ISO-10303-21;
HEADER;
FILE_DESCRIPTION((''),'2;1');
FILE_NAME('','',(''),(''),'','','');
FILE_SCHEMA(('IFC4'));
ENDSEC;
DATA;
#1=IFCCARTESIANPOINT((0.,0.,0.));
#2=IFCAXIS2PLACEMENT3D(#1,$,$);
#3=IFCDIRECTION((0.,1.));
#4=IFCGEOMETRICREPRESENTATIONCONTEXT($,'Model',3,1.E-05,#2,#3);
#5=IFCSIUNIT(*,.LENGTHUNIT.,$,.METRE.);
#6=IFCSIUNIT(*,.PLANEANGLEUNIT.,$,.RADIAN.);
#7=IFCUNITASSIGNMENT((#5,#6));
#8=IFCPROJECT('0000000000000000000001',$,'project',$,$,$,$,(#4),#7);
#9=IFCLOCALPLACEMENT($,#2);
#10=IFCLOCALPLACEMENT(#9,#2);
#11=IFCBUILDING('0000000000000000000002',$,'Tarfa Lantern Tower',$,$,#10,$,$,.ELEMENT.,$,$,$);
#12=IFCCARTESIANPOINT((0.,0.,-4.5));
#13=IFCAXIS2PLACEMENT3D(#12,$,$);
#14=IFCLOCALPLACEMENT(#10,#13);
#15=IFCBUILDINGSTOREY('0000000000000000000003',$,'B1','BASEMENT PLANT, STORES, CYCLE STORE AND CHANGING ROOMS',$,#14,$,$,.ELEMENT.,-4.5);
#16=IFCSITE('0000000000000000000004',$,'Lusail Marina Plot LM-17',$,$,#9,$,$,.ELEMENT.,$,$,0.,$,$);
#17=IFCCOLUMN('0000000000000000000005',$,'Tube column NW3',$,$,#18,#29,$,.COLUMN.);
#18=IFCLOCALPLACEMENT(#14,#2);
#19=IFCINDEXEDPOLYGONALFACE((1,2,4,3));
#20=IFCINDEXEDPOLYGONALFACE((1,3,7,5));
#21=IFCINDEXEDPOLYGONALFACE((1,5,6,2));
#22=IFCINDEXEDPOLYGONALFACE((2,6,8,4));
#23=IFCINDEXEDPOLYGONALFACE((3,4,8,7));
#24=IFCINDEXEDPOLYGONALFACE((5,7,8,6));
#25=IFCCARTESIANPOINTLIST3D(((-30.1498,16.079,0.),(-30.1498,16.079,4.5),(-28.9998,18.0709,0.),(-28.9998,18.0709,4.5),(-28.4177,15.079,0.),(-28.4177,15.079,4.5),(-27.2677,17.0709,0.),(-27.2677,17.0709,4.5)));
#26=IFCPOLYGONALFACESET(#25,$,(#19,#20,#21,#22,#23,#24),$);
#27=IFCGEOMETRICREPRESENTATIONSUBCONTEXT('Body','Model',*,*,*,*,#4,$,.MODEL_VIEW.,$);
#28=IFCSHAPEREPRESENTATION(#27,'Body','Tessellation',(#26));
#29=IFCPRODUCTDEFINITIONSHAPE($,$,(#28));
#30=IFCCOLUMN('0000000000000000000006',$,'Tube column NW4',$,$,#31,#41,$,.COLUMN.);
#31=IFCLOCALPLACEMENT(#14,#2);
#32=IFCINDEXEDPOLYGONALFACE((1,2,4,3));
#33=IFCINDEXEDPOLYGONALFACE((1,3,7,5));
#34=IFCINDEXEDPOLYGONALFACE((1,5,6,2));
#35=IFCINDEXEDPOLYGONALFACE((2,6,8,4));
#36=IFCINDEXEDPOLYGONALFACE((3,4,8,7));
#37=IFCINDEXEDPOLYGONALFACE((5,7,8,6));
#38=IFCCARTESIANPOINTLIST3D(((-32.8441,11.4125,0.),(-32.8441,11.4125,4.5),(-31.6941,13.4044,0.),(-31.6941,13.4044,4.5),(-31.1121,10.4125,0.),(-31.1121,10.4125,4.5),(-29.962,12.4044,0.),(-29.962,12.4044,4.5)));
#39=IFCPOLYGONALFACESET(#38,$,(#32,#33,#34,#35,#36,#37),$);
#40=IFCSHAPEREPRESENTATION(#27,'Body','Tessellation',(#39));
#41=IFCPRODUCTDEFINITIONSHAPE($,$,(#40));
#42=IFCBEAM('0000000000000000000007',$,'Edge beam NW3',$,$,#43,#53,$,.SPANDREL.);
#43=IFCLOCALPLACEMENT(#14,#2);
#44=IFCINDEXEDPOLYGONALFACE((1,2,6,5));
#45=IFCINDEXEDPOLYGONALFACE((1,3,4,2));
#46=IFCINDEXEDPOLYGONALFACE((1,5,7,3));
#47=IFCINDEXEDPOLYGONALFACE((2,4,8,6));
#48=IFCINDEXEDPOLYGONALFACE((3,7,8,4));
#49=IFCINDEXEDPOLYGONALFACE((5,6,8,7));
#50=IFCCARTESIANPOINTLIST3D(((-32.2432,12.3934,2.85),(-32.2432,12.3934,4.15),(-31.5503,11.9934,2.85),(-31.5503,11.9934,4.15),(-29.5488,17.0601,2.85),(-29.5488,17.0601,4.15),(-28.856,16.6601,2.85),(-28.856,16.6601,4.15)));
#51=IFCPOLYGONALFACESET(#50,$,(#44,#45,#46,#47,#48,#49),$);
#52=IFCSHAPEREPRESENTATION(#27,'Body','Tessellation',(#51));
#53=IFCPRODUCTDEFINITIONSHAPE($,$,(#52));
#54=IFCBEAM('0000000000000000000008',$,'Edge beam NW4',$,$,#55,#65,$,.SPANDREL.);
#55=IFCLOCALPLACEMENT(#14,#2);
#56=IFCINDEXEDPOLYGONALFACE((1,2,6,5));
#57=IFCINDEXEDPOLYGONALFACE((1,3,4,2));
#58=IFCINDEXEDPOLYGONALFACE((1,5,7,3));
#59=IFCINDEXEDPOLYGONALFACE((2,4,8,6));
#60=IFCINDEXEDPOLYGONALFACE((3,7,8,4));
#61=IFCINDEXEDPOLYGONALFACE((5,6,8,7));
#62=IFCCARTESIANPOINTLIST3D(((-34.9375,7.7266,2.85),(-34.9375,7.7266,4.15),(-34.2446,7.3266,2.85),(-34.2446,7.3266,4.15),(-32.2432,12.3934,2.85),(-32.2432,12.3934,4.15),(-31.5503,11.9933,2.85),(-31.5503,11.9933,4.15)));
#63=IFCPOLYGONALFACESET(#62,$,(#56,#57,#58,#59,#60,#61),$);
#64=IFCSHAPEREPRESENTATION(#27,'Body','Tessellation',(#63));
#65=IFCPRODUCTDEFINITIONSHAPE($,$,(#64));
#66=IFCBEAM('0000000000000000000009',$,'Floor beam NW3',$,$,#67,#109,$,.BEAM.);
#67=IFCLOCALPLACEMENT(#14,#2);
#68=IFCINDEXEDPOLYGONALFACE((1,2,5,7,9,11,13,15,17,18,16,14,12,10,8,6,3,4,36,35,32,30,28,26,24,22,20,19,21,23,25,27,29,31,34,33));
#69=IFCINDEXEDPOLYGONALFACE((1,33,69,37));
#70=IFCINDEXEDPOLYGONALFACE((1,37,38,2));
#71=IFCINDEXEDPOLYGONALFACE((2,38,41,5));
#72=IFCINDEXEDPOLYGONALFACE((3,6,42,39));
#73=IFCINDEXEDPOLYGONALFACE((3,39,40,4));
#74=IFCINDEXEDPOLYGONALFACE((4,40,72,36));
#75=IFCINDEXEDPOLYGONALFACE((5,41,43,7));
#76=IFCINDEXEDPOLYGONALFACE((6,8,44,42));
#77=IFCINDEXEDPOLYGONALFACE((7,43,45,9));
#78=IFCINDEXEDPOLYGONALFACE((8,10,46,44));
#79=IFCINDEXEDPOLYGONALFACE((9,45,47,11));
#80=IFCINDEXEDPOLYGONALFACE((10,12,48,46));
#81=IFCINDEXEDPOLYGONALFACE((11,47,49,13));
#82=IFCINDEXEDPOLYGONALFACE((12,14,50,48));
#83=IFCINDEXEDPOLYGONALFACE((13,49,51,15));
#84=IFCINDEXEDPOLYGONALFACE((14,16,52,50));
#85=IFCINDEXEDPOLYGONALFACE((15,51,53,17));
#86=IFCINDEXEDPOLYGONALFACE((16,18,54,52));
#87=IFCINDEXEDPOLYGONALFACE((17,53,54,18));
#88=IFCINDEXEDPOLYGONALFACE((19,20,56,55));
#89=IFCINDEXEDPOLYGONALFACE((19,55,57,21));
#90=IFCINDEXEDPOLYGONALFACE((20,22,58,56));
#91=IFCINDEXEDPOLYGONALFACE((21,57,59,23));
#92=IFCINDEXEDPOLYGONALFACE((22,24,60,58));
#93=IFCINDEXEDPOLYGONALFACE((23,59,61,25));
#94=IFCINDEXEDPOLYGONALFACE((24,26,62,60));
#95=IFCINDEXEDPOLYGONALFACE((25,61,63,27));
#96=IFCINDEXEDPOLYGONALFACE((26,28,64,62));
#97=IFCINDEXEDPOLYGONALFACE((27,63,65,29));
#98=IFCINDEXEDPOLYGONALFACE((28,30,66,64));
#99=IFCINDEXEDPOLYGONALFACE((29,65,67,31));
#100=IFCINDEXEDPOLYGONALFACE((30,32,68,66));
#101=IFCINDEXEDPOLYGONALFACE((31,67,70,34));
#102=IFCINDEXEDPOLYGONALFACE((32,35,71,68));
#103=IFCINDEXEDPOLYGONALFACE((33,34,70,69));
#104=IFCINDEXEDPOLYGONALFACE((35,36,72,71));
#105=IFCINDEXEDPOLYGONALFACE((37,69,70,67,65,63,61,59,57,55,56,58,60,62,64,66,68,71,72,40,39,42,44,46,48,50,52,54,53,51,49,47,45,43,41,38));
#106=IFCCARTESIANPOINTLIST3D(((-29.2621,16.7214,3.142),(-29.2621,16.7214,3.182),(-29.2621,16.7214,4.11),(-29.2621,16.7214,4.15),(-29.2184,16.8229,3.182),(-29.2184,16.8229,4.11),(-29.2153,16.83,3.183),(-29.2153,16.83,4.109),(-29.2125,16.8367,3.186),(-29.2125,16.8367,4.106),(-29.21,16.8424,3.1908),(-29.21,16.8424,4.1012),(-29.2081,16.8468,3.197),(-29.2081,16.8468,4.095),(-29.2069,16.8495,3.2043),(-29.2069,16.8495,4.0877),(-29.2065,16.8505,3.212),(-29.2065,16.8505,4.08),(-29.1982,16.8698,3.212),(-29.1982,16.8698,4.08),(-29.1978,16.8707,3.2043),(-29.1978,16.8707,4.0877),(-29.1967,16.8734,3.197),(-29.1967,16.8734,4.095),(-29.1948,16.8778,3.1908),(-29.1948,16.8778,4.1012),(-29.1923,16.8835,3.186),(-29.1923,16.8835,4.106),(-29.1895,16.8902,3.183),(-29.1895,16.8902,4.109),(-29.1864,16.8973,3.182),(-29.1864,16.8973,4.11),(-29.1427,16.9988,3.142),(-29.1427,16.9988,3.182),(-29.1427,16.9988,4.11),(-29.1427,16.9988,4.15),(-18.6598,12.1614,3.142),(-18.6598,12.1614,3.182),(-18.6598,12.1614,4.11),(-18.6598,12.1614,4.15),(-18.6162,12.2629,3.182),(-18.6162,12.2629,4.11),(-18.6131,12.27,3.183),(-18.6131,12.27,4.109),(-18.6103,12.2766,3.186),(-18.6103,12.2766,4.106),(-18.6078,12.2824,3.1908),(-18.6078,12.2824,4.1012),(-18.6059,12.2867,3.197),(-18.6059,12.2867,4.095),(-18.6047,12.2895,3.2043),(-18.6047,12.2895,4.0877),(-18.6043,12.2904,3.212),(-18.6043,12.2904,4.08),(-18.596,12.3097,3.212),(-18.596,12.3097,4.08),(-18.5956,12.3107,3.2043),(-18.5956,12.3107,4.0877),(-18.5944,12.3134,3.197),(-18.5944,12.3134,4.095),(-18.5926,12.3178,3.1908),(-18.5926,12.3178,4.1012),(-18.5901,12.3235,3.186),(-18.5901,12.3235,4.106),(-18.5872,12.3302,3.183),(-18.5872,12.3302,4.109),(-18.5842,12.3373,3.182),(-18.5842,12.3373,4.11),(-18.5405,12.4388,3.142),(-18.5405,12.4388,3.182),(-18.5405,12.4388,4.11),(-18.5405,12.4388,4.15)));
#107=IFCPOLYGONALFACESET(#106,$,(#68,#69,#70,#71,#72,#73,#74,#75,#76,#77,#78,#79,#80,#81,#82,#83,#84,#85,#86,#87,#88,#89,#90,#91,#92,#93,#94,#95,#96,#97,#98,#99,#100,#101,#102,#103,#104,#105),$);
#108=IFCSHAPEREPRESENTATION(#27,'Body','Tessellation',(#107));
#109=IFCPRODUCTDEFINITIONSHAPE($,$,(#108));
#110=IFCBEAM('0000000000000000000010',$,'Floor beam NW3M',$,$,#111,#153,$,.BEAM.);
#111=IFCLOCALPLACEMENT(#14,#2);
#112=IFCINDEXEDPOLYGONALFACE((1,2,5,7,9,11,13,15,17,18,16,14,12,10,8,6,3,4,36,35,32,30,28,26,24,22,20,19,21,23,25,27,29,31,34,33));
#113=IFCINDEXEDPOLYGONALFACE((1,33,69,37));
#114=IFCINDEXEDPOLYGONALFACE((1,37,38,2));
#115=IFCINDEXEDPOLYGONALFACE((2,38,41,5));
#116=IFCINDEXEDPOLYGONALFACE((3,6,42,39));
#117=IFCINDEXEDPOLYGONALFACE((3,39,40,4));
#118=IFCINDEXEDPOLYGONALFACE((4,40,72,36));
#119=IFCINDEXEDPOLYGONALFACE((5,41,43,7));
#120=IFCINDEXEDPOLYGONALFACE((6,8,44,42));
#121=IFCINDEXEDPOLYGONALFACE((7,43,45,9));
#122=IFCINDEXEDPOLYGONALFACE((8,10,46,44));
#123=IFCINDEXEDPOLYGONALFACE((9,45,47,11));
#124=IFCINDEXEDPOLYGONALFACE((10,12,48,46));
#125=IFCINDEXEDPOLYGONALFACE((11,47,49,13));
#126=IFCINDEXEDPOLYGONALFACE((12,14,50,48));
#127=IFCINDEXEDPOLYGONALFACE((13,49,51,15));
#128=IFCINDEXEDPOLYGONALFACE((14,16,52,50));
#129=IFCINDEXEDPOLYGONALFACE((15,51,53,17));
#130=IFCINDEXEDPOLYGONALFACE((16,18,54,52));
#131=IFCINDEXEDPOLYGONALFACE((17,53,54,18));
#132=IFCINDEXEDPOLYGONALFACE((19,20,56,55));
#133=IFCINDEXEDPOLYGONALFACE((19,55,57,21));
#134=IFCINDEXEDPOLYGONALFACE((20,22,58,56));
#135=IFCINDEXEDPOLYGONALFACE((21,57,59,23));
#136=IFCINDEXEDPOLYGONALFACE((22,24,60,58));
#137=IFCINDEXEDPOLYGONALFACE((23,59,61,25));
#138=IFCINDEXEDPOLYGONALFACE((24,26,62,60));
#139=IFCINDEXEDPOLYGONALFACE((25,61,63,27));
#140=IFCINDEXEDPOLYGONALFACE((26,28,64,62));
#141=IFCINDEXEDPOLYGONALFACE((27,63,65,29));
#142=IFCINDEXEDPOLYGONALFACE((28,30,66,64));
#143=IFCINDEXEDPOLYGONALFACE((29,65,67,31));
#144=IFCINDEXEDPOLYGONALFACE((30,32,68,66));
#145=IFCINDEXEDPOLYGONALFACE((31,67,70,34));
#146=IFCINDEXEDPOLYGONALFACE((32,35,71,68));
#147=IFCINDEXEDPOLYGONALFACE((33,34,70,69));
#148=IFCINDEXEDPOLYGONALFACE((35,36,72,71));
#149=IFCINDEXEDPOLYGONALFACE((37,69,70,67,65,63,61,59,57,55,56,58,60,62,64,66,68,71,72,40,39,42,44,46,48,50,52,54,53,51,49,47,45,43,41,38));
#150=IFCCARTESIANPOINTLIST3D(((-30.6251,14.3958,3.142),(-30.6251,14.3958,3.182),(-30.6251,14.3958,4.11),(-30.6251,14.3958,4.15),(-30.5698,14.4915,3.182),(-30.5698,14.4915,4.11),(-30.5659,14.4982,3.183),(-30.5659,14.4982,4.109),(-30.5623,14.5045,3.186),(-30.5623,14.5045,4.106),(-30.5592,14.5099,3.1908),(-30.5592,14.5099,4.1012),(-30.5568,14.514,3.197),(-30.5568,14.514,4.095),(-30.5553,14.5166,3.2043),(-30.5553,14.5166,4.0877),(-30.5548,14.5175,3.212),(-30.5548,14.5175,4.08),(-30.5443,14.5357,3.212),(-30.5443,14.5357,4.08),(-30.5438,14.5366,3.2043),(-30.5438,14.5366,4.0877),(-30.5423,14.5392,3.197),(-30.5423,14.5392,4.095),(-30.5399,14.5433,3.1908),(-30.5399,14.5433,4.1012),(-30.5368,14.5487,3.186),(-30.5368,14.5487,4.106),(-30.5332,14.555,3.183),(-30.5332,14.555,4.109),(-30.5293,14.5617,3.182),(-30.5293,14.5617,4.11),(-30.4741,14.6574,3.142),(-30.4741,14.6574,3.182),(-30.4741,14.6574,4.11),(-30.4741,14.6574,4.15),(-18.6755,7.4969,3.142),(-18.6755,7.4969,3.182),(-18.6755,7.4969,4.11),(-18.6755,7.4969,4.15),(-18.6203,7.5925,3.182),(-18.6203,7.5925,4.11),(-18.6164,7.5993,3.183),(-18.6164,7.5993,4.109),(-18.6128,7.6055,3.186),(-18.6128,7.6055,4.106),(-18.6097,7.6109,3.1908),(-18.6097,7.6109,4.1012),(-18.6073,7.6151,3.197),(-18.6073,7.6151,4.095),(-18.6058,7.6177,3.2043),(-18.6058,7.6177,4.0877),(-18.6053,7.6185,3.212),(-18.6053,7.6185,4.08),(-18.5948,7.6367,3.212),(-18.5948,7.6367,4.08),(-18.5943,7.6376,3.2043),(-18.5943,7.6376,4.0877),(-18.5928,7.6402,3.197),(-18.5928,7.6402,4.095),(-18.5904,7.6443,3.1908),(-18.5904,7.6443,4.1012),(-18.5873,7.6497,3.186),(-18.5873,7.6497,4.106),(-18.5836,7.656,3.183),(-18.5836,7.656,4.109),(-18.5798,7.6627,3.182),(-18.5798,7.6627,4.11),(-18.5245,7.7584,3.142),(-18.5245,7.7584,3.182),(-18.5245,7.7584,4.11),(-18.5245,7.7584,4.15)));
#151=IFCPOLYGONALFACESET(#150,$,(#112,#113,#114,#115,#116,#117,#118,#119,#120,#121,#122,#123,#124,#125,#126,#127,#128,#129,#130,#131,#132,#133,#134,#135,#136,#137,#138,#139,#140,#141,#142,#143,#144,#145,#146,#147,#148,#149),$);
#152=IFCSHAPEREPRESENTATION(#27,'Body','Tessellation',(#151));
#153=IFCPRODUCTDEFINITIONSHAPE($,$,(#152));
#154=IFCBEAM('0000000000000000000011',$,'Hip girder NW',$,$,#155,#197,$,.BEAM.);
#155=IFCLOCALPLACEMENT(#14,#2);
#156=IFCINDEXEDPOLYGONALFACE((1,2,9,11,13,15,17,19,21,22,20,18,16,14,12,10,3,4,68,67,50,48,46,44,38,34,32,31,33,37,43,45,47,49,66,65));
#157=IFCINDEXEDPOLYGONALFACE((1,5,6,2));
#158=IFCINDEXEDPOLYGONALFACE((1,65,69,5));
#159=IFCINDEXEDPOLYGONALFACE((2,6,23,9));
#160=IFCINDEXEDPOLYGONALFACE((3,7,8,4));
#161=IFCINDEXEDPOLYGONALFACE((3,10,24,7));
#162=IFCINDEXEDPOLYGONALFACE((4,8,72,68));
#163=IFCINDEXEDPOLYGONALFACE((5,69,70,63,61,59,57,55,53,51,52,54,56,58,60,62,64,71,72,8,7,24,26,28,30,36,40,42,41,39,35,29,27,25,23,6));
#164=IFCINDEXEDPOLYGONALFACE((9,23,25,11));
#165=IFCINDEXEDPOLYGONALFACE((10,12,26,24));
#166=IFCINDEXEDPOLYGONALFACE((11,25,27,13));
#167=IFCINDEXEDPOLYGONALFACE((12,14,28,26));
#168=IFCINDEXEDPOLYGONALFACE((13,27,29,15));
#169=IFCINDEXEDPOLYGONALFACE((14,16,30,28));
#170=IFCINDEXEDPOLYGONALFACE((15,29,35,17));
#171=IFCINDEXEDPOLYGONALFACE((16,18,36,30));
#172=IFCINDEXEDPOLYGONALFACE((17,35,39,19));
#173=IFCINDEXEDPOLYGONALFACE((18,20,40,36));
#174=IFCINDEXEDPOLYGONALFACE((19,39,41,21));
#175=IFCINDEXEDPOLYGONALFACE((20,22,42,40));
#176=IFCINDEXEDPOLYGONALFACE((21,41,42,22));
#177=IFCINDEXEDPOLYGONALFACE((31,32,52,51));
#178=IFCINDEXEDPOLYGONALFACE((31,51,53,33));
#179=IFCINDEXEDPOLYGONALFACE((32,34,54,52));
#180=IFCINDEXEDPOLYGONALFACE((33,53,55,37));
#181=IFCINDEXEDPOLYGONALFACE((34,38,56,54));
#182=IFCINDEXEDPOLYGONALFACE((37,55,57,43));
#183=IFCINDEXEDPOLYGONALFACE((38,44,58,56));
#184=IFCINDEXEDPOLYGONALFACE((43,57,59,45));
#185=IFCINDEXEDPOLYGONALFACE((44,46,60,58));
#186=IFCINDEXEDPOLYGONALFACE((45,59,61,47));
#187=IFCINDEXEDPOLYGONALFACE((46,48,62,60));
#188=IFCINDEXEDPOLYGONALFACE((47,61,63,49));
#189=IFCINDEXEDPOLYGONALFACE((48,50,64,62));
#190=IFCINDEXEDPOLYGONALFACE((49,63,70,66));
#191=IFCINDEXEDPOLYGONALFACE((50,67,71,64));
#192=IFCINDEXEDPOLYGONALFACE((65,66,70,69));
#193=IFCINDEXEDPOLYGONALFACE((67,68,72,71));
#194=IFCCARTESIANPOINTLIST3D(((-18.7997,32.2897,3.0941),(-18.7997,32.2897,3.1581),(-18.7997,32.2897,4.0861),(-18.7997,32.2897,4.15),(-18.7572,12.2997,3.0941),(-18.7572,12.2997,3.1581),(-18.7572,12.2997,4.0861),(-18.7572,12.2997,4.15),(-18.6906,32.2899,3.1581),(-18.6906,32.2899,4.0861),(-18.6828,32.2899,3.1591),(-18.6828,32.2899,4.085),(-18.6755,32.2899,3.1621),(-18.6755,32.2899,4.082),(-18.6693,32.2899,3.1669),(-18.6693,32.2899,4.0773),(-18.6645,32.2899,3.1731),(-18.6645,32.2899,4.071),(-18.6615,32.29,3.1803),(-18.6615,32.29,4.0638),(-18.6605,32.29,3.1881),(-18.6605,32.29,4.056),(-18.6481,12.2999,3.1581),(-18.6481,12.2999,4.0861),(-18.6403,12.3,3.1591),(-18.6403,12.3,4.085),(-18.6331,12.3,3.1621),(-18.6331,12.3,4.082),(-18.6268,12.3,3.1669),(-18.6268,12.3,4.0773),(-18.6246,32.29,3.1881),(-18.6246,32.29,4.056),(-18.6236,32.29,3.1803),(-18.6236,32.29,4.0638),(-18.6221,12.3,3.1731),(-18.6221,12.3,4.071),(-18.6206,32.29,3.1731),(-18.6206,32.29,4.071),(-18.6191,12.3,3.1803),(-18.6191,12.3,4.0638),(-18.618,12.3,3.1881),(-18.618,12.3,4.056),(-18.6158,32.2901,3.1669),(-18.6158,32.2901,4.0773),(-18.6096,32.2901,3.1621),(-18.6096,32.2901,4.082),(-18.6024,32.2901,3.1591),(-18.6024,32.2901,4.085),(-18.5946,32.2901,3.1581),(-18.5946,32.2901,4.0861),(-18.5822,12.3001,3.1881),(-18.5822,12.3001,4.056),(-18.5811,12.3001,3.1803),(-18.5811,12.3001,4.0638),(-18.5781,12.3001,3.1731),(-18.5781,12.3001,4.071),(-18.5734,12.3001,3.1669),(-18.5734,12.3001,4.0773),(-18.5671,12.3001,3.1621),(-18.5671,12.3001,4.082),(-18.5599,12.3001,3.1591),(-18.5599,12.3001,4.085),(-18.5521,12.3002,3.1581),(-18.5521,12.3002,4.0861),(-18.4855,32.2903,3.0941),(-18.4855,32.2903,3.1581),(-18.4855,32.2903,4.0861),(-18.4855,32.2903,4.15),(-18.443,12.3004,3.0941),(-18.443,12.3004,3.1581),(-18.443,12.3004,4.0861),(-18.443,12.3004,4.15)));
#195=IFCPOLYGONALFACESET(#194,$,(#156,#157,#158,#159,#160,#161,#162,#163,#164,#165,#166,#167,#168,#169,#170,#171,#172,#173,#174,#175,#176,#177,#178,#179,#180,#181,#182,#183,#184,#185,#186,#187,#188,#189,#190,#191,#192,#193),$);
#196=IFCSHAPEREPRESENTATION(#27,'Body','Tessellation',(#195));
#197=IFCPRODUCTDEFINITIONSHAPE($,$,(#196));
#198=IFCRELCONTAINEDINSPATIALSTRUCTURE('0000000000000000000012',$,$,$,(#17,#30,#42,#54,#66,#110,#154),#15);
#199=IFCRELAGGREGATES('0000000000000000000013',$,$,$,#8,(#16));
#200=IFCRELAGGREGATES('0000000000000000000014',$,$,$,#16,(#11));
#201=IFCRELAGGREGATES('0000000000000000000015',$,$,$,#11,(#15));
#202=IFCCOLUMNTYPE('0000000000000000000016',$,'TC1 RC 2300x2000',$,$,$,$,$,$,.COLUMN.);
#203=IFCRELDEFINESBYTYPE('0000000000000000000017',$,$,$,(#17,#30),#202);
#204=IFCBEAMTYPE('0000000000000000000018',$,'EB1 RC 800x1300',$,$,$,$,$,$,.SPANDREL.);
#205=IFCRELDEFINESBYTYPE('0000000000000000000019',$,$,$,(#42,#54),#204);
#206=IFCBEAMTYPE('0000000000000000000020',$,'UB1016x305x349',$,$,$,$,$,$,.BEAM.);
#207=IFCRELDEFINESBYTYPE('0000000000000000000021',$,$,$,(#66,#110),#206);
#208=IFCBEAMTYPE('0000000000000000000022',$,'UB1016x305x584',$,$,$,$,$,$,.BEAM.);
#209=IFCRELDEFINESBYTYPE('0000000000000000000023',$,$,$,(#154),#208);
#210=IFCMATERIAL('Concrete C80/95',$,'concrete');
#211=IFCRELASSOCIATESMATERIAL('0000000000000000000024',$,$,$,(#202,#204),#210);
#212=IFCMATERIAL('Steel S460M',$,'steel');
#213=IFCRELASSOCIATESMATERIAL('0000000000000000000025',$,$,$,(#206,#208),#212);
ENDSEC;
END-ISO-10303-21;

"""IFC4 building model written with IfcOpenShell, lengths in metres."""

from ifc_helpers import new_model, si_unit, direction, frame, origin, origin_2d, place, context, subcontext, project, spatial, rectangle, i_section, extrude, material, material_profile, profile_set, type_object, element, save


model = new_model("IFC4")

# Units and contexts
model_context = context("Model", 3, precision=1e-05, world=origin(), true_north=direction((0.0, 1.0)))
body_context = subcontext(model_context, "Body", "Model", "MODEL_VIEW")
ifc_project = project(units=[si_unit("LENGTHUNIT", "METRE"), si_unit("PLANEANGLEUNIT", "RADIAN")], contexts=[model_context])

# Site, building, storey
site_placement = place(None, origin())
site = spatial("IfcSite", under=ifc_project, at=site_placement, Name="Lusail Marina Plot LM-17", CompositionType="ELEMENT", RefElevation=0.0)
building_placement = place(site_placement, origin())
building = spatial("IfcBuilding", under=site, at=building_placement, Name="Tarfa Lantern Tower", CompositionType="ELEMENT")
storey_placement = place(building_placement, frame((0.0, 0.0, -4.5)))
storey = spatial("IfcBuildingStorey", under=building, at=storey_placement, Name="B1", Description="BASEMENT PLANT, STORES, CYCLE STORE AND CHANGING ROOMS", CompositionType="ELEMENT", Elevation=-4.5)

# Columns
ifc_material_1 = material(Name="Concrete C80/95", Category="concrete")
ifc_material_profile_1 = material_profile(ifc_material_1, rectangle(XDim=2.3, YDim=2.0, at=origin_2d()), Name="RC 2300x2000")
ifc_profile_set_1 = profile_set([ifc_material_profile_1], Name="Concrete C80/95")
column_type = type_object("IfcColumnType", Name="TC1 RC 2300x2000", PredefinedType="COLUMN", material=ifc_profile_set_1)
for number, where, z_axis, x_axis, name in (
    (1, (-28.7087, 16.575, 0.0), (0.0, 0.0, 1.0), (-0.5, -0.866025, 0.0), "Tube column NW3"),
    (2, (-31.4031, 11.9084, 0.0), (0.0, 0.0, 1.0), (-0.5, -0.866025, 0.0), "Tube column NW4"),
):
    element("IfcColumn", number, at=place(storey_placement, frame(where, z_axis=z_axis, x_axis=x_axis)), inside=storey, type_object=column_type, Name=name, PredefinedType="COLUMN", context=body_context, shape_type="SweptSolid", body=[
        extrude(rectangle(XDim=2.3, YDim=2.0, at=origin_2d()), origin(), (0.0, 0.0, 1.0), 4.5),
    ])

# Beams
ifc_material_profile_2 = material_profile(ifc_material_1, rectangle(XDim=0.8, YDim=1.3, at=origin_2d()), Name="RC 800x1300")
ifc_profile_set_2 = profile_set([ifc_material_profile_2], Name="Concrete C80/95")
beam_type_1 = type_object("IfcBeamType", Name="EB1 RC 800x1300", PredefinedType="SPANDREL", material=ifc_profile_set_2)
for number, where, z_axis, x_axis, name in (
    (3, (-29.2024, 16.8601, 3.5), (-0.499998, -0.866026, 0.0), (0.866026, -0.499998, 0.0), "Edge beam NW3"),
    (4, (-31.8967, 12.1934, 3.5), (-0.499998, -0.866026, 0.0), (0.866026, -0.499998, 0.0), "Edge beam NW4"),
):
    element("IfcBeam", number, at=place(storey_placement, frame(where, z_axis=z_axis, x_axis=x_axis)), inside=storey, type_object=beam_type_1, Name=name, PredefinedType="SPANDREL", context=body_context, shape_type="SweptSolid", body=[
        extrude(rectangle(XDim=0.8, YDim=1.3, at=origin_2d()), origin(), (0.0, 0.0, 1.0), 5.3887),
    ])
ifc_material_2 = material(Name="Steel S460M", Category="steel")
ifc_material_profile_3 = material_profile(ifc_material_2, i_section(OverallWidth=0.302, OverallDepth=1.0081, WebThickness=0.021, FlangeThickness=0.04, FilletRadius=0.03, at=origin_2d()), Name="UB1016x305x349")
ifc_profile_set_3 = profile_set([ifc_material_profile_3], Name="Steel S460M")
beam_type_2 = type_object("IfcBeamType", Name="UB1016x305x349", PredefinedType="BEAM", material=ifc_profile_set_3)
beam_1_placement = place(storey_placement, frame((-29.2024, 16.8601, 3.646), z_axis=(0.918635, -0.395106, 0.0), x_axis=(0.395106, 0.918635, 0.0)))
element("IfcBeam", 5, at=beam_1_placement, inside=storey, type_object=beam_type_2, Name="Floor beam NW3", PredefinedType="BEAM", context=body_context, shape_type="SweptSolid", body=[
    extrude(i_section(OverallWidth=0.302, OverallDepth=1.0081, WebThickness=0.021, FlangeThickness=0.04, FilletRadius=0.03, at=origin_2d()), origin(), (0.0, 0.0, 1.0), 11.5413),
])
beam_2_placement = place(storey_placement, frame((-30.5496, 14.5266, 3.646), z_axis=(0.866029, -0.499995, 0.0), x_axis=(0.499995, 0.866029, 0.0)))
element("IfcBeam", 6, at=beam_2_placement, inside=storey, type_object=beam_type_2, Name="Floor beam NW3M", PredefinedType="BEAM", context=body_context, shape_type="SweptSolid", body=[
    extrude(i_section(OverallWidth=0.302, OverallDepth=1.0081, WebThickness=0.021, FlangeThickness=0.04, FilletRadius=0.03, at=origin_2d()), origin(), (0.0, 0.0, 1.0), 13.7981),
])
ifc_material_profile_4 = material_profile(ifc_material_2, i_section(OverallWidth=0.3142, OverallDepth=1.0559, WebThickness=0.0359, FlangeThickness=0.064, FilletRadius=0.03, at=origin_2d()), Name="UB1016x305x584")
ifc_profile_set_4 = profile_set([ifc_material_profile_4], Name="Steel S460M")
beam_type_3 = type_object("IfcBeamType", Name="UB1016x305x584", PredefinedType="BEAM", material=ifc_profile_set_4)
beam_3_placement = place(storey_placement, frame((-18.6001, 12.3, 3.6221), z_axis=(-0.002125, 0.999998, 0.0), x_axis=(-0.999998, -0.002125, 0.0)))
element("IfcBeam", 7, at=beam_3_placement, inside=storey, type_object=beam_type_3, Name="Hip girder NW", PredefinedType="BEAM", context=body_context, shape_type="SweptSolid", body=[
    extrude(i_section(OverallWidth=0.3142, OverallDepth=1.0559, WebThickness=0.0359, FlangeThickness=0.064, FilletRadius=0.03, at=origin_2d()), origin(), (0.0, 0.0, 1.0), 19.99),
])

save(model, "model.ifc")
